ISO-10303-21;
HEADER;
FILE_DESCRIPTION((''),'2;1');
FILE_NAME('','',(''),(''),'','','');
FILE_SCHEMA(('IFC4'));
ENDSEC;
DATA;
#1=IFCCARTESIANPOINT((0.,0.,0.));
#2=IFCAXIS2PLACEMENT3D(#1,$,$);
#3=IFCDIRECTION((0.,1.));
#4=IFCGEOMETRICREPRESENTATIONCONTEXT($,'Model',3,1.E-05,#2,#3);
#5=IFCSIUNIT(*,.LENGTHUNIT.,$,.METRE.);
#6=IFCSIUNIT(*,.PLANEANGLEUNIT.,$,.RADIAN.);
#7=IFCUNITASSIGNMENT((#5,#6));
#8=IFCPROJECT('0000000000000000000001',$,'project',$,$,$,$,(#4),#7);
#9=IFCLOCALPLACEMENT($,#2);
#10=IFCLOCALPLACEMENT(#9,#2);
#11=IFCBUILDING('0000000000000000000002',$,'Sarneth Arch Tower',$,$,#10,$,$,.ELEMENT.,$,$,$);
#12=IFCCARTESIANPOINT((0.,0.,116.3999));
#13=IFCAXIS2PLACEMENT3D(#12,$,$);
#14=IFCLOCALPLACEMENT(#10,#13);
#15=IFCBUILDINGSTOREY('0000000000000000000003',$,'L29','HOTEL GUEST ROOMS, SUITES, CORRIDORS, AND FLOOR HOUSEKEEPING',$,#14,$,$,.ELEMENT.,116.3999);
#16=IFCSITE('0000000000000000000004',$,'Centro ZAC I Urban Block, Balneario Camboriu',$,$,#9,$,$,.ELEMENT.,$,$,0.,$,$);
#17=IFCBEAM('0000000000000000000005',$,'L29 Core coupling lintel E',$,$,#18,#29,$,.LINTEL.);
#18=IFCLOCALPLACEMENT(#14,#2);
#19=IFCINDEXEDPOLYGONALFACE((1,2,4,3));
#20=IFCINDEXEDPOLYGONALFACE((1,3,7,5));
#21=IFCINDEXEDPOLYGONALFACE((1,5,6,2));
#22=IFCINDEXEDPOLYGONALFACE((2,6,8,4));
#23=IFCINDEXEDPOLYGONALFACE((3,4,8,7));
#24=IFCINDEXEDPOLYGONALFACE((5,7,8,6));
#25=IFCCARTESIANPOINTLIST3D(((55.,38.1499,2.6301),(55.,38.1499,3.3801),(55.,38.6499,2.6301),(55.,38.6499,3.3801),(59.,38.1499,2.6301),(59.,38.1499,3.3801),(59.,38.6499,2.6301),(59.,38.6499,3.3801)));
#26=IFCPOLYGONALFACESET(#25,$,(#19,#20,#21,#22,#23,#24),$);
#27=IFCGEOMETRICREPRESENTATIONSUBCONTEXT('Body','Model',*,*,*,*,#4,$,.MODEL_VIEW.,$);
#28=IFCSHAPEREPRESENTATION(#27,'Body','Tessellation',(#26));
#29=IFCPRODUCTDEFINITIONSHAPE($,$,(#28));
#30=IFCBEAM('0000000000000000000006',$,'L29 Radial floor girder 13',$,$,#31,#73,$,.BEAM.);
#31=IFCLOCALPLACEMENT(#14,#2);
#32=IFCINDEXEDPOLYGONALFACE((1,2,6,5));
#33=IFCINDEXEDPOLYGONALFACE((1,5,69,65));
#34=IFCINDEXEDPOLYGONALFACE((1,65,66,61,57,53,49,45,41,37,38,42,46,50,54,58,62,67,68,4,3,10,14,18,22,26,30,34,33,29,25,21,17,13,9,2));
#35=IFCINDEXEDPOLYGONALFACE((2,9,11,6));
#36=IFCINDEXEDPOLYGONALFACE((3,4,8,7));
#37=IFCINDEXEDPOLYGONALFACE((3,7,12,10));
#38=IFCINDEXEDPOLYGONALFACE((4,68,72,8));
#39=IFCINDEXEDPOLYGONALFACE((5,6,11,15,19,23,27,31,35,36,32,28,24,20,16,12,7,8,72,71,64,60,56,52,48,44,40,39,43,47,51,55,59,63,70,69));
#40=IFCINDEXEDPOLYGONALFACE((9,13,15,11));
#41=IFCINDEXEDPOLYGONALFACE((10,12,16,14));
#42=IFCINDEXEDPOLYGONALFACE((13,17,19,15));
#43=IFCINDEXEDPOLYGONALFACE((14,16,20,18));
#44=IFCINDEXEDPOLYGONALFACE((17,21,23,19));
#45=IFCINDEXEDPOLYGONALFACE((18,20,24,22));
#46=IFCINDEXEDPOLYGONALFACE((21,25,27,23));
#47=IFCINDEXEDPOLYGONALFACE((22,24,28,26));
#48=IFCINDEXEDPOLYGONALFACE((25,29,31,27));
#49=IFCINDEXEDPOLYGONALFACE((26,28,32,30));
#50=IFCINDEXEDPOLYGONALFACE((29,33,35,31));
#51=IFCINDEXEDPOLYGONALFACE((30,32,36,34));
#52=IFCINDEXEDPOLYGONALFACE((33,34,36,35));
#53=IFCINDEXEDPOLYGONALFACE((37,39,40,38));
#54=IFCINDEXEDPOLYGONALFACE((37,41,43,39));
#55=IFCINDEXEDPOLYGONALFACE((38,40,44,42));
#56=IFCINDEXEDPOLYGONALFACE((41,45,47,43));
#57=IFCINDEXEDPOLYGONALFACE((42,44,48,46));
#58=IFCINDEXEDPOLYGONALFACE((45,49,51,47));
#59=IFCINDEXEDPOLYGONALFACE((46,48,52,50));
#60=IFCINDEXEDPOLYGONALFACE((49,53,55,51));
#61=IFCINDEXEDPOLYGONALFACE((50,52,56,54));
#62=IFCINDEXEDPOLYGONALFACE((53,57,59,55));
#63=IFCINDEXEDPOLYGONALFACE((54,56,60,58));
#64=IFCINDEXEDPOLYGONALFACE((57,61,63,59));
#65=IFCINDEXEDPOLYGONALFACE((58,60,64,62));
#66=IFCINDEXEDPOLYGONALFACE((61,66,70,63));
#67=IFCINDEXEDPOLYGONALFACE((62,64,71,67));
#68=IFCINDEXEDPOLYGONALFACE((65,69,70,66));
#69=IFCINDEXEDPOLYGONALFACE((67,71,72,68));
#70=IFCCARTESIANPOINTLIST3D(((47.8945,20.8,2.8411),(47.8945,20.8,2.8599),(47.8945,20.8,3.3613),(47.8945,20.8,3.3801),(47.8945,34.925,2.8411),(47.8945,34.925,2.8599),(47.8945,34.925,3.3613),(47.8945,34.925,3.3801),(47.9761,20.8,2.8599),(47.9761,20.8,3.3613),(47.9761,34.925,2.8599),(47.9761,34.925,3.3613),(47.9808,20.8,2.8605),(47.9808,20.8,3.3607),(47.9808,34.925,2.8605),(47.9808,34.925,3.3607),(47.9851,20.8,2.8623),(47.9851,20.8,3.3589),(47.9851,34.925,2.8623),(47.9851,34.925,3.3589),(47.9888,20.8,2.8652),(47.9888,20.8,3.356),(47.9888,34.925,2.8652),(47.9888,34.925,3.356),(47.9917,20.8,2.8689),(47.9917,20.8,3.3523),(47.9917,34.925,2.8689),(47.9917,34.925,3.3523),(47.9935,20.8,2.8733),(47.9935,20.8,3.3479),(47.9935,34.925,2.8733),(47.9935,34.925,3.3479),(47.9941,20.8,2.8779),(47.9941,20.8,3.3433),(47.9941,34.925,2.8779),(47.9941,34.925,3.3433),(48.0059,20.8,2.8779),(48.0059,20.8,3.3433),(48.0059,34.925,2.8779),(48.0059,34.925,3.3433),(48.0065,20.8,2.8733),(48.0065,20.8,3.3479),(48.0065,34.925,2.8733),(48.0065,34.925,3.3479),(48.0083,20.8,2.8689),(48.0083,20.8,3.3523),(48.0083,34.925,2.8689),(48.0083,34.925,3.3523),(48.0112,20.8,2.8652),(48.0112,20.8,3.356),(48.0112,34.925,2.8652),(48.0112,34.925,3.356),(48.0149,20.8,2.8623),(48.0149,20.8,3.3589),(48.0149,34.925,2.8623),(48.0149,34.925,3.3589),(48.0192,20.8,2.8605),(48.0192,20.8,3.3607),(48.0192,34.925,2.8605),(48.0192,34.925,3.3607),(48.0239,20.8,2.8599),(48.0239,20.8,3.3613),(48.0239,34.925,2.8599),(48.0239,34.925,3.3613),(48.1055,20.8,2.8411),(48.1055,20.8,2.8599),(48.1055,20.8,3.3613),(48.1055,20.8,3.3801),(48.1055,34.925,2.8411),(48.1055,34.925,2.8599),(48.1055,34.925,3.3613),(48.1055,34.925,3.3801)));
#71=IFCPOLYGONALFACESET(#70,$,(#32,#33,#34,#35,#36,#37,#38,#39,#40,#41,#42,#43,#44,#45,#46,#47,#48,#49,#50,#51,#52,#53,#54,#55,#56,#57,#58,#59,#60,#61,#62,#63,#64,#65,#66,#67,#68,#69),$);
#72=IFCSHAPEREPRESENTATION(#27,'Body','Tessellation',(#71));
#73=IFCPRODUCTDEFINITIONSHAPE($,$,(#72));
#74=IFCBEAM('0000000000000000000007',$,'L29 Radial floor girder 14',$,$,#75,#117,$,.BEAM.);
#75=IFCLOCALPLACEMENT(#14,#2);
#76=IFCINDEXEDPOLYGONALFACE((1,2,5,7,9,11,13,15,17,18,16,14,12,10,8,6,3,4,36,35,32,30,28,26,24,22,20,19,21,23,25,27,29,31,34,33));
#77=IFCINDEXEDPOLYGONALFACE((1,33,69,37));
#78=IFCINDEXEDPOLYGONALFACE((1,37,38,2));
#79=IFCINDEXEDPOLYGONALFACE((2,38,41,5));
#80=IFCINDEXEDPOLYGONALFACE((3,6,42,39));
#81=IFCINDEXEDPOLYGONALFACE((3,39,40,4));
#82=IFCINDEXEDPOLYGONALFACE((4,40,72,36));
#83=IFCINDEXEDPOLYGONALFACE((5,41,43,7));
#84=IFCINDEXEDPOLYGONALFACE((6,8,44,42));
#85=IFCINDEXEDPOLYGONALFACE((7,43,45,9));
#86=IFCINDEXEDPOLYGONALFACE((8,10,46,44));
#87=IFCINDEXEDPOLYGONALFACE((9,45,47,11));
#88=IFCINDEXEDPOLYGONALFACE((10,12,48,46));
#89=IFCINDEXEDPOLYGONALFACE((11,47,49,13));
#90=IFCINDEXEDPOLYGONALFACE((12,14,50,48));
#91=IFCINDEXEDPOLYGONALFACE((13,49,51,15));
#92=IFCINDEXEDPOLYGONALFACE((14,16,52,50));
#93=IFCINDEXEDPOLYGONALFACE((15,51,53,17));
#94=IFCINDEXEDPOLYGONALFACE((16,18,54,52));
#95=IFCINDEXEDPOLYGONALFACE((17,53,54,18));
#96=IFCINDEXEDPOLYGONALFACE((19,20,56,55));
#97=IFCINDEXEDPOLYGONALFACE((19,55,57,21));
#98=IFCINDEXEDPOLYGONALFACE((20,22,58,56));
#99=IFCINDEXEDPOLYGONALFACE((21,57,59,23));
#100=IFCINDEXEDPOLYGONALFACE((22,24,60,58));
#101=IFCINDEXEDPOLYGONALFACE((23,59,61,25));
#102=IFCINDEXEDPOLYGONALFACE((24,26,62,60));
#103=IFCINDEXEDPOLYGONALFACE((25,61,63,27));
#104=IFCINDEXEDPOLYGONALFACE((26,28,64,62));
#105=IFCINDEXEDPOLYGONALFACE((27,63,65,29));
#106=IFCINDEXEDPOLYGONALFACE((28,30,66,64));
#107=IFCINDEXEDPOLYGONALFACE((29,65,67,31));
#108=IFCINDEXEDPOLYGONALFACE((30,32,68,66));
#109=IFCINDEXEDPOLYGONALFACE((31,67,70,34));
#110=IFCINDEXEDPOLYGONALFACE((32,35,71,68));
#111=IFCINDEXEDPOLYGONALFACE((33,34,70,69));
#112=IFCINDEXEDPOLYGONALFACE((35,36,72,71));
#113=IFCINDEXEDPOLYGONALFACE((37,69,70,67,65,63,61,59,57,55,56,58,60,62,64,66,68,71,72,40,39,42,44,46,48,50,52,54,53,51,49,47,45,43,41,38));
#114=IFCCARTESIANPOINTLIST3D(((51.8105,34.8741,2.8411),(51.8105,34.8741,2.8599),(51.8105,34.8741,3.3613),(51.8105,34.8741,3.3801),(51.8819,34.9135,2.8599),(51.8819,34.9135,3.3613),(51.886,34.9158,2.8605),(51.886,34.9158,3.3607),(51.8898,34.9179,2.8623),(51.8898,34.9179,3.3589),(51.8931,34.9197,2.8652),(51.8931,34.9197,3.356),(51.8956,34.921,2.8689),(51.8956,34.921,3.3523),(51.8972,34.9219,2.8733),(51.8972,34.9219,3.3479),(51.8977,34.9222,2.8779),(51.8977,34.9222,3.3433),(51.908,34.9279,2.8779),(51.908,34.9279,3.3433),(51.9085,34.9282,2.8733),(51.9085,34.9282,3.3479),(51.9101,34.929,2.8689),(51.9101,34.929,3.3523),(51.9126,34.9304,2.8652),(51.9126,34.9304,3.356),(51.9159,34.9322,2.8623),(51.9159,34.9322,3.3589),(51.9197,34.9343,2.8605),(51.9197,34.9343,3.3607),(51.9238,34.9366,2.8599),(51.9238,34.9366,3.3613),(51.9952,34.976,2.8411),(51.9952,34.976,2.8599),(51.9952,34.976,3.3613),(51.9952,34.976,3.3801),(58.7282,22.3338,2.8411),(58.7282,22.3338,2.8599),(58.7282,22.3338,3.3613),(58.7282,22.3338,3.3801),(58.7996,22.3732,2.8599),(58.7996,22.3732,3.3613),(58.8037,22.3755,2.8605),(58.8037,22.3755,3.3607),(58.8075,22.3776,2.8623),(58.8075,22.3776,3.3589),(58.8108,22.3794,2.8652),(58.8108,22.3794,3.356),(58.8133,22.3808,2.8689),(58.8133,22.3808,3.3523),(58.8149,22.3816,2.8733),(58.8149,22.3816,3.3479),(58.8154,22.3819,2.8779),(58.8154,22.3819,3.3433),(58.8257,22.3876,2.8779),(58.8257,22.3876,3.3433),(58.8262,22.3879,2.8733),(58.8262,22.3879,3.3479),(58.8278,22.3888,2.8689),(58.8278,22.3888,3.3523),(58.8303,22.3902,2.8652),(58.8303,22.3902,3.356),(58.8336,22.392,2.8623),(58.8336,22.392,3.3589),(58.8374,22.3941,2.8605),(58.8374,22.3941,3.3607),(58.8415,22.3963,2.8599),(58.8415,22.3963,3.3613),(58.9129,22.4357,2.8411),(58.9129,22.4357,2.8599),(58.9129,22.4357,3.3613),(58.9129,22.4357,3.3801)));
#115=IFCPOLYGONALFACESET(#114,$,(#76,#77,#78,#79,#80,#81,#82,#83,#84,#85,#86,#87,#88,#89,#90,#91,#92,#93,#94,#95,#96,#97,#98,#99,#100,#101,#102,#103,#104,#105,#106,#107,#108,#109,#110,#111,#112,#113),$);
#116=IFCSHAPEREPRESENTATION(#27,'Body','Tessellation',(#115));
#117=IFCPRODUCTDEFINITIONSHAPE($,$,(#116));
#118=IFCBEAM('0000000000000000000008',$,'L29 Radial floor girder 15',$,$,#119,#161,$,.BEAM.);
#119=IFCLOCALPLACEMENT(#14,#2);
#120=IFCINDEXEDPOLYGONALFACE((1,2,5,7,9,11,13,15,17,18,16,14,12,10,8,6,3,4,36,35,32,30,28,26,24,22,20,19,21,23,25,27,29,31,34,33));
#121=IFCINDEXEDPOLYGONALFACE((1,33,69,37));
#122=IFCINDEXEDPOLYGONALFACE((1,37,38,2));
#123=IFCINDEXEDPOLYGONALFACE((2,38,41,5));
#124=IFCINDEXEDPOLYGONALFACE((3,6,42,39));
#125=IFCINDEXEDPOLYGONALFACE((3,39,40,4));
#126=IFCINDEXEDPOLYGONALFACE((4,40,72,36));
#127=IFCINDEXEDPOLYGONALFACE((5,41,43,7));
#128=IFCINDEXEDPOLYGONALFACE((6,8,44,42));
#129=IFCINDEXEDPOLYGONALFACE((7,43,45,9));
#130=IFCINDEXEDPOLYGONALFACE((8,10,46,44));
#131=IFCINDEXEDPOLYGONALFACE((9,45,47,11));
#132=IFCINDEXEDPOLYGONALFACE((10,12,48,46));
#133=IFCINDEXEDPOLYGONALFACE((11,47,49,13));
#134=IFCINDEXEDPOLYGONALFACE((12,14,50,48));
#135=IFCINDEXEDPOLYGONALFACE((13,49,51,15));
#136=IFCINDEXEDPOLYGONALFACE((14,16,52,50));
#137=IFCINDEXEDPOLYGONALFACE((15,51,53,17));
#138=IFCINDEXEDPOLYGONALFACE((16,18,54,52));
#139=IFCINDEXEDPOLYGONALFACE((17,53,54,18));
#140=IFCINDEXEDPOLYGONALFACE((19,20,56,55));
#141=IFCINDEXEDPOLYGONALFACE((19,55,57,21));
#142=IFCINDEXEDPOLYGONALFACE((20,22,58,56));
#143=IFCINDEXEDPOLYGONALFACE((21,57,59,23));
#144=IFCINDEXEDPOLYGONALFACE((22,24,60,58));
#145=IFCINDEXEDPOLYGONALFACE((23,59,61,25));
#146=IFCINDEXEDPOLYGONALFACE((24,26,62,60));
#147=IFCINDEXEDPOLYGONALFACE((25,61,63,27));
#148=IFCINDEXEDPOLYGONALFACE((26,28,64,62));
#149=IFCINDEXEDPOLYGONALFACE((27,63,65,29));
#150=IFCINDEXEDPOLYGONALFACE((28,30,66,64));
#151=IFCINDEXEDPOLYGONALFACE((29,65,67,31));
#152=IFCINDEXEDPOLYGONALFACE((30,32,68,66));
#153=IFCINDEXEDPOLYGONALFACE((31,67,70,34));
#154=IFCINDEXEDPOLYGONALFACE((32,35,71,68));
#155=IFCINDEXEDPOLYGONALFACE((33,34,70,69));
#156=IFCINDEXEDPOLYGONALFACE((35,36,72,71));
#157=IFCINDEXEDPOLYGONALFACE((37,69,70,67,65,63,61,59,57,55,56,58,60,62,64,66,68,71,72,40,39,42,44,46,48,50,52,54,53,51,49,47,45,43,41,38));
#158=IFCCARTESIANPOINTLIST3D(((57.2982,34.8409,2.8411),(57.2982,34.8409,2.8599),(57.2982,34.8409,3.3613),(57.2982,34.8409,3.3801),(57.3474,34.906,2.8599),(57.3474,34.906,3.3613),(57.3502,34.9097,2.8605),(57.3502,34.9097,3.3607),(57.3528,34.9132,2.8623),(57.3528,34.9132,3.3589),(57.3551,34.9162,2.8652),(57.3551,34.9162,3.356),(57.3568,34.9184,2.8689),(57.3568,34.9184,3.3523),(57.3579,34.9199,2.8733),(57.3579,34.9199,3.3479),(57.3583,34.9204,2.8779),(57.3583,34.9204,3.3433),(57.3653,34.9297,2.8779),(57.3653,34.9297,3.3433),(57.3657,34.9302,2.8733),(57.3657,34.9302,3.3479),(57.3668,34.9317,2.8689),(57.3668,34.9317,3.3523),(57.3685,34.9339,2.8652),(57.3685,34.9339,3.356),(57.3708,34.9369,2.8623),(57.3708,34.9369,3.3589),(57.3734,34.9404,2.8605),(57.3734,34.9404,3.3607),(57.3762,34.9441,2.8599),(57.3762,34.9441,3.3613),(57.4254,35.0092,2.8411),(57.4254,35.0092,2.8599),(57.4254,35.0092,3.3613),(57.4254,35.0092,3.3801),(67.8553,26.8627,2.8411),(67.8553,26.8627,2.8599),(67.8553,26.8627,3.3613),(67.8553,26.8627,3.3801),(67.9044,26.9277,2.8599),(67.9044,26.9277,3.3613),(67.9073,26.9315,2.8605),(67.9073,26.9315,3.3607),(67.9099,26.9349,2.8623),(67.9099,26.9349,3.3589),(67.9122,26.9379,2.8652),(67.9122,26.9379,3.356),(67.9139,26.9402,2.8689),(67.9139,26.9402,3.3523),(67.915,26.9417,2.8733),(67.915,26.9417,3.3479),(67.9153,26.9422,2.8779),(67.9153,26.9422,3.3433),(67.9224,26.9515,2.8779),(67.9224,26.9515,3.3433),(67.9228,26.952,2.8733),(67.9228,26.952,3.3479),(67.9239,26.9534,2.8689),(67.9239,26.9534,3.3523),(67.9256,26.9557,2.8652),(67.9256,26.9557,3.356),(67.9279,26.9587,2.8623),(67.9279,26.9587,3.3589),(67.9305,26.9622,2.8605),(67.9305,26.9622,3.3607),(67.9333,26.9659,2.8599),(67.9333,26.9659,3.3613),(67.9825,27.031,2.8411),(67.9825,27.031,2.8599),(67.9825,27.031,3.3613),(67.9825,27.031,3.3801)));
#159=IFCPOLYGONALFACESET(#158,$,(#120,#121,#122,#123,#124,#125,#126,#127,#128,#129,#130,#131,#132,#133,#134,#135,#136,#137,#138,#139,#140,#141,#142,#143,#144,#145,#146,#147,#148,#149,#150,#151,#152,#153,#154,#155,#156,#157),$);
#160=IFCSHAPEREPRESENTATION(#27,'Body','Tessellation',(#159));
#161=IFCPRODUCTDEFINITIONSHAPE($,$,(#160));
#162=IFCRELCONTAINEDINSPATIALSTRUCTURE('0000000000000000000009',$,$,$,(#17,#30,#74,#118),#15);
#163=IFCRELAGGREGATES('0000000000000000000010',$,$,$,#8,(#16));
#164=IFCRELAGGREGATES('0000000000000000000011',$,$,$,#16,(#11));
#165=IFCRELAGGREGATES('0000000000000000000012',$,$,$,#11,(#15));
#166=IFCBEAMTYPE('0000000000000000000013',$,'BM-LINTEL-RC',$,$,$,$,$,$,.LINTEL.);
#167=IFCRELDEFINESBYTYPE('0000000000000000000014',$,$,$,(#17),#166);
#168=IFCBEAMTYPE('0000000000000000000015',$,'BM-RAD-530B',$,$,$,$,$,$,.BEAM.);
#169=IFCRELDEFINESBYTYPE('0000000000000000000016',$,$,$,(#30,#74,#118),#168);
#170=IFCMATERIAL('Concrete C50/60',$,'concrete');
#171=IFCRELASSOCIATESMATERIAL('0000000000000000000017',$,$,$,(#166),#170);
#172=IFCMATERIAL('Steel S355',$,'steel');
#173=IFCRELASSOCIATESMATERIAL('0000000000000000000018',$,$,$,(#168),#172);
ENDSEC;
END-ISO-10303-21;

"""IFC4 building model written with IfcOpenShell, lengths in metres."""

from ifc_helpers import new_model, si_unit, direction, frame, origin, origin_2d, place, context, subcontext, project, spatial, rectangle, i_section, extrude, material, material_profile, profile_set, type_object, element, save


model = new_model("IFC4")

# Units and contexts
model_context = context("Model", 3, precision=1e-05, world=origin(), true_north=direction((0.0, 1.0)))
body_context = subcontext(model_context, "Body", "Model", "MODEL_VIEW")
ifc_project = project(units=[si_unit("LENGTHUNIT", "METRE"), si_unit("PLANEANGLEUNIT", "RADIAN")], contexts=[model_context])

# Site, building, storey
site_placement = place(None, origin())
site = spatial("IfcSite", under=ifc_project, at=site_placement, Name="Centro ZAC I Urban Block, Balneario Camboriu", CompositionType="ELEMENT", RefElevation=0.0)
building_placement = place(site_placement, origin())
building = spatial("IfcBuilding", under=site, at=building_placement, Name="Sarneth Arch Tower", CompositionType="ELEMENT")
storey_placement = place(building_placement, frame((0.0, 0.0, 116.3999)))
storey = spatial("IfcBuildingStorey", under=building, at=storey_placement, Name="L29", Description="HOTEL GUEST ROOMS, SUITES, CORRIDORS, AND FLOOR HOUSEKEEPING", CompositionType="ELEMENT", Elevation=116.3999)

# Beams
ifc_material_1 = material(Name="Concrete C50/60", Category="concrete")
ifc_material_profile_1 = material_profile(ifc_material_1, rectangle(XDim=0.5, YDim=0.75, at=origin_2d()), Name="RC-500x750")
ifc_profile_set_1 = profile_set([ifc_material_profile_1], Name="Concrete C50/60")
beam_type_1 = type_object("IfcBeamType", Name="BM-LINTEL-RC", PredefinedType="LINTEL", material=ifc_profile_set_1)
beam_1_placement = place(storey_placement, frame((55.0, 38.3999, 3.0051), z_axis=(1.0, 0.0, 0.0), x_axis=(0.0, 1.0, 0.0)))
element("IfcBeam", 1, at=beam_1_placement, inside=storey, type_object=beam_type_1, Name="L29 Core coupling lintel E", PredefinedType="LINTEL", context=body_context, shape_type="SweptSolid", body=[
    extrude(rectangle(XDim=0.5, YDim=0.75, at=origin_2d()), origin(), (0.0, 0.0, 1.0), 4.0),
])
ifc_material_2 = material(Name="Steel S355", Category="steel")
ifc_material_profile_2 = material_profile(ifc_material_2, i_section(OverallWidth=0.2109, OverallDepth=0.5391, WebThickness=0.0117, FlangeThickness=0.0188, FilletRadius=0.0181, at=origin_2d()), Name="W530x109")
ifc_profile_set_2 = profile_set([ifc_material_profile_2], Name="Steel S355")
beam_type_2 = type_object("IfcBeamType", Name="BM-RAD-530B", PredefinedType="BEAM", material=ifc_profile_set_2)
beam_2_placement = place(storey_placement, frame((48.0, 34.925, 3.1106), z_axis=(0.0, -1.0, 0.0), x_axis=(1.0, 0.0, 0.0)))
element("IfcBeam", 2, at=beam_2_placement, inside=storey, type_object=beam_type_2, Name="L29 Radial floor girder 13", PredefinedType="BEAM", context=body_context, shape_type="SweptSolid", body=[
    extrude(i_section(OverallWidth=0.2109, OverallDepth=0.5391, WebThickness=0.0117, FlangeThickness=0.0188, FilletRadius=0.0181, at=origin_2d()), origin(), (0.0, 0.0, 1.0), 14.125),
])
beam_3_placement = place(storey_placement, frame((51.9028, 34.925, 3.1106), z_axis=(0.483021, -0.875609, 0.0), x_axis=(0.875609, 0.483021, 0.0)))
element("IfcBeam", 3, at=beam_3_placement, inside=storey, type_object=beam_type_2, Name="L29 Radial floor girder 14", PredefinedType="BEAM", context=body_context, shape_type="SweptSolid", body=[
    extrude(i_section(OverallWidth=0.2109, OverallDepth=0.5391, WebThickness=0.0117, FlangeThickness=0.0188, FilletRadius=0.0181, at=origin_2d()), origin(), (0.0, 0.0, 1.0), 14.3218),
])
beam_4_placement = place(storey_placement, frame((57.3618, 34.925, 3.1106), z_axis=(0.797803, -0.602918, 0.0), x_axis=(0.602918, 0.797803, 0.0)))
element("IfcBeam", 4, at=beam_4_placement, inside=storey, type_object=beam_type_2, Name="L29 Radial floor girder 15", PredefinedType="BEAM", context=body_context, shape_type="SweptSolid", body=[
    extrude(i_section(OverallWidth=0.2109, OverallDepth=0.5391, WebThickness=0.0117, FlangeThickness=0.0188, FilletRadius=0.0181, at=origin_2d()), origin(), (0.0, 0.0, 1.0), 13.2327),
])

save(model, "model.ifc")
